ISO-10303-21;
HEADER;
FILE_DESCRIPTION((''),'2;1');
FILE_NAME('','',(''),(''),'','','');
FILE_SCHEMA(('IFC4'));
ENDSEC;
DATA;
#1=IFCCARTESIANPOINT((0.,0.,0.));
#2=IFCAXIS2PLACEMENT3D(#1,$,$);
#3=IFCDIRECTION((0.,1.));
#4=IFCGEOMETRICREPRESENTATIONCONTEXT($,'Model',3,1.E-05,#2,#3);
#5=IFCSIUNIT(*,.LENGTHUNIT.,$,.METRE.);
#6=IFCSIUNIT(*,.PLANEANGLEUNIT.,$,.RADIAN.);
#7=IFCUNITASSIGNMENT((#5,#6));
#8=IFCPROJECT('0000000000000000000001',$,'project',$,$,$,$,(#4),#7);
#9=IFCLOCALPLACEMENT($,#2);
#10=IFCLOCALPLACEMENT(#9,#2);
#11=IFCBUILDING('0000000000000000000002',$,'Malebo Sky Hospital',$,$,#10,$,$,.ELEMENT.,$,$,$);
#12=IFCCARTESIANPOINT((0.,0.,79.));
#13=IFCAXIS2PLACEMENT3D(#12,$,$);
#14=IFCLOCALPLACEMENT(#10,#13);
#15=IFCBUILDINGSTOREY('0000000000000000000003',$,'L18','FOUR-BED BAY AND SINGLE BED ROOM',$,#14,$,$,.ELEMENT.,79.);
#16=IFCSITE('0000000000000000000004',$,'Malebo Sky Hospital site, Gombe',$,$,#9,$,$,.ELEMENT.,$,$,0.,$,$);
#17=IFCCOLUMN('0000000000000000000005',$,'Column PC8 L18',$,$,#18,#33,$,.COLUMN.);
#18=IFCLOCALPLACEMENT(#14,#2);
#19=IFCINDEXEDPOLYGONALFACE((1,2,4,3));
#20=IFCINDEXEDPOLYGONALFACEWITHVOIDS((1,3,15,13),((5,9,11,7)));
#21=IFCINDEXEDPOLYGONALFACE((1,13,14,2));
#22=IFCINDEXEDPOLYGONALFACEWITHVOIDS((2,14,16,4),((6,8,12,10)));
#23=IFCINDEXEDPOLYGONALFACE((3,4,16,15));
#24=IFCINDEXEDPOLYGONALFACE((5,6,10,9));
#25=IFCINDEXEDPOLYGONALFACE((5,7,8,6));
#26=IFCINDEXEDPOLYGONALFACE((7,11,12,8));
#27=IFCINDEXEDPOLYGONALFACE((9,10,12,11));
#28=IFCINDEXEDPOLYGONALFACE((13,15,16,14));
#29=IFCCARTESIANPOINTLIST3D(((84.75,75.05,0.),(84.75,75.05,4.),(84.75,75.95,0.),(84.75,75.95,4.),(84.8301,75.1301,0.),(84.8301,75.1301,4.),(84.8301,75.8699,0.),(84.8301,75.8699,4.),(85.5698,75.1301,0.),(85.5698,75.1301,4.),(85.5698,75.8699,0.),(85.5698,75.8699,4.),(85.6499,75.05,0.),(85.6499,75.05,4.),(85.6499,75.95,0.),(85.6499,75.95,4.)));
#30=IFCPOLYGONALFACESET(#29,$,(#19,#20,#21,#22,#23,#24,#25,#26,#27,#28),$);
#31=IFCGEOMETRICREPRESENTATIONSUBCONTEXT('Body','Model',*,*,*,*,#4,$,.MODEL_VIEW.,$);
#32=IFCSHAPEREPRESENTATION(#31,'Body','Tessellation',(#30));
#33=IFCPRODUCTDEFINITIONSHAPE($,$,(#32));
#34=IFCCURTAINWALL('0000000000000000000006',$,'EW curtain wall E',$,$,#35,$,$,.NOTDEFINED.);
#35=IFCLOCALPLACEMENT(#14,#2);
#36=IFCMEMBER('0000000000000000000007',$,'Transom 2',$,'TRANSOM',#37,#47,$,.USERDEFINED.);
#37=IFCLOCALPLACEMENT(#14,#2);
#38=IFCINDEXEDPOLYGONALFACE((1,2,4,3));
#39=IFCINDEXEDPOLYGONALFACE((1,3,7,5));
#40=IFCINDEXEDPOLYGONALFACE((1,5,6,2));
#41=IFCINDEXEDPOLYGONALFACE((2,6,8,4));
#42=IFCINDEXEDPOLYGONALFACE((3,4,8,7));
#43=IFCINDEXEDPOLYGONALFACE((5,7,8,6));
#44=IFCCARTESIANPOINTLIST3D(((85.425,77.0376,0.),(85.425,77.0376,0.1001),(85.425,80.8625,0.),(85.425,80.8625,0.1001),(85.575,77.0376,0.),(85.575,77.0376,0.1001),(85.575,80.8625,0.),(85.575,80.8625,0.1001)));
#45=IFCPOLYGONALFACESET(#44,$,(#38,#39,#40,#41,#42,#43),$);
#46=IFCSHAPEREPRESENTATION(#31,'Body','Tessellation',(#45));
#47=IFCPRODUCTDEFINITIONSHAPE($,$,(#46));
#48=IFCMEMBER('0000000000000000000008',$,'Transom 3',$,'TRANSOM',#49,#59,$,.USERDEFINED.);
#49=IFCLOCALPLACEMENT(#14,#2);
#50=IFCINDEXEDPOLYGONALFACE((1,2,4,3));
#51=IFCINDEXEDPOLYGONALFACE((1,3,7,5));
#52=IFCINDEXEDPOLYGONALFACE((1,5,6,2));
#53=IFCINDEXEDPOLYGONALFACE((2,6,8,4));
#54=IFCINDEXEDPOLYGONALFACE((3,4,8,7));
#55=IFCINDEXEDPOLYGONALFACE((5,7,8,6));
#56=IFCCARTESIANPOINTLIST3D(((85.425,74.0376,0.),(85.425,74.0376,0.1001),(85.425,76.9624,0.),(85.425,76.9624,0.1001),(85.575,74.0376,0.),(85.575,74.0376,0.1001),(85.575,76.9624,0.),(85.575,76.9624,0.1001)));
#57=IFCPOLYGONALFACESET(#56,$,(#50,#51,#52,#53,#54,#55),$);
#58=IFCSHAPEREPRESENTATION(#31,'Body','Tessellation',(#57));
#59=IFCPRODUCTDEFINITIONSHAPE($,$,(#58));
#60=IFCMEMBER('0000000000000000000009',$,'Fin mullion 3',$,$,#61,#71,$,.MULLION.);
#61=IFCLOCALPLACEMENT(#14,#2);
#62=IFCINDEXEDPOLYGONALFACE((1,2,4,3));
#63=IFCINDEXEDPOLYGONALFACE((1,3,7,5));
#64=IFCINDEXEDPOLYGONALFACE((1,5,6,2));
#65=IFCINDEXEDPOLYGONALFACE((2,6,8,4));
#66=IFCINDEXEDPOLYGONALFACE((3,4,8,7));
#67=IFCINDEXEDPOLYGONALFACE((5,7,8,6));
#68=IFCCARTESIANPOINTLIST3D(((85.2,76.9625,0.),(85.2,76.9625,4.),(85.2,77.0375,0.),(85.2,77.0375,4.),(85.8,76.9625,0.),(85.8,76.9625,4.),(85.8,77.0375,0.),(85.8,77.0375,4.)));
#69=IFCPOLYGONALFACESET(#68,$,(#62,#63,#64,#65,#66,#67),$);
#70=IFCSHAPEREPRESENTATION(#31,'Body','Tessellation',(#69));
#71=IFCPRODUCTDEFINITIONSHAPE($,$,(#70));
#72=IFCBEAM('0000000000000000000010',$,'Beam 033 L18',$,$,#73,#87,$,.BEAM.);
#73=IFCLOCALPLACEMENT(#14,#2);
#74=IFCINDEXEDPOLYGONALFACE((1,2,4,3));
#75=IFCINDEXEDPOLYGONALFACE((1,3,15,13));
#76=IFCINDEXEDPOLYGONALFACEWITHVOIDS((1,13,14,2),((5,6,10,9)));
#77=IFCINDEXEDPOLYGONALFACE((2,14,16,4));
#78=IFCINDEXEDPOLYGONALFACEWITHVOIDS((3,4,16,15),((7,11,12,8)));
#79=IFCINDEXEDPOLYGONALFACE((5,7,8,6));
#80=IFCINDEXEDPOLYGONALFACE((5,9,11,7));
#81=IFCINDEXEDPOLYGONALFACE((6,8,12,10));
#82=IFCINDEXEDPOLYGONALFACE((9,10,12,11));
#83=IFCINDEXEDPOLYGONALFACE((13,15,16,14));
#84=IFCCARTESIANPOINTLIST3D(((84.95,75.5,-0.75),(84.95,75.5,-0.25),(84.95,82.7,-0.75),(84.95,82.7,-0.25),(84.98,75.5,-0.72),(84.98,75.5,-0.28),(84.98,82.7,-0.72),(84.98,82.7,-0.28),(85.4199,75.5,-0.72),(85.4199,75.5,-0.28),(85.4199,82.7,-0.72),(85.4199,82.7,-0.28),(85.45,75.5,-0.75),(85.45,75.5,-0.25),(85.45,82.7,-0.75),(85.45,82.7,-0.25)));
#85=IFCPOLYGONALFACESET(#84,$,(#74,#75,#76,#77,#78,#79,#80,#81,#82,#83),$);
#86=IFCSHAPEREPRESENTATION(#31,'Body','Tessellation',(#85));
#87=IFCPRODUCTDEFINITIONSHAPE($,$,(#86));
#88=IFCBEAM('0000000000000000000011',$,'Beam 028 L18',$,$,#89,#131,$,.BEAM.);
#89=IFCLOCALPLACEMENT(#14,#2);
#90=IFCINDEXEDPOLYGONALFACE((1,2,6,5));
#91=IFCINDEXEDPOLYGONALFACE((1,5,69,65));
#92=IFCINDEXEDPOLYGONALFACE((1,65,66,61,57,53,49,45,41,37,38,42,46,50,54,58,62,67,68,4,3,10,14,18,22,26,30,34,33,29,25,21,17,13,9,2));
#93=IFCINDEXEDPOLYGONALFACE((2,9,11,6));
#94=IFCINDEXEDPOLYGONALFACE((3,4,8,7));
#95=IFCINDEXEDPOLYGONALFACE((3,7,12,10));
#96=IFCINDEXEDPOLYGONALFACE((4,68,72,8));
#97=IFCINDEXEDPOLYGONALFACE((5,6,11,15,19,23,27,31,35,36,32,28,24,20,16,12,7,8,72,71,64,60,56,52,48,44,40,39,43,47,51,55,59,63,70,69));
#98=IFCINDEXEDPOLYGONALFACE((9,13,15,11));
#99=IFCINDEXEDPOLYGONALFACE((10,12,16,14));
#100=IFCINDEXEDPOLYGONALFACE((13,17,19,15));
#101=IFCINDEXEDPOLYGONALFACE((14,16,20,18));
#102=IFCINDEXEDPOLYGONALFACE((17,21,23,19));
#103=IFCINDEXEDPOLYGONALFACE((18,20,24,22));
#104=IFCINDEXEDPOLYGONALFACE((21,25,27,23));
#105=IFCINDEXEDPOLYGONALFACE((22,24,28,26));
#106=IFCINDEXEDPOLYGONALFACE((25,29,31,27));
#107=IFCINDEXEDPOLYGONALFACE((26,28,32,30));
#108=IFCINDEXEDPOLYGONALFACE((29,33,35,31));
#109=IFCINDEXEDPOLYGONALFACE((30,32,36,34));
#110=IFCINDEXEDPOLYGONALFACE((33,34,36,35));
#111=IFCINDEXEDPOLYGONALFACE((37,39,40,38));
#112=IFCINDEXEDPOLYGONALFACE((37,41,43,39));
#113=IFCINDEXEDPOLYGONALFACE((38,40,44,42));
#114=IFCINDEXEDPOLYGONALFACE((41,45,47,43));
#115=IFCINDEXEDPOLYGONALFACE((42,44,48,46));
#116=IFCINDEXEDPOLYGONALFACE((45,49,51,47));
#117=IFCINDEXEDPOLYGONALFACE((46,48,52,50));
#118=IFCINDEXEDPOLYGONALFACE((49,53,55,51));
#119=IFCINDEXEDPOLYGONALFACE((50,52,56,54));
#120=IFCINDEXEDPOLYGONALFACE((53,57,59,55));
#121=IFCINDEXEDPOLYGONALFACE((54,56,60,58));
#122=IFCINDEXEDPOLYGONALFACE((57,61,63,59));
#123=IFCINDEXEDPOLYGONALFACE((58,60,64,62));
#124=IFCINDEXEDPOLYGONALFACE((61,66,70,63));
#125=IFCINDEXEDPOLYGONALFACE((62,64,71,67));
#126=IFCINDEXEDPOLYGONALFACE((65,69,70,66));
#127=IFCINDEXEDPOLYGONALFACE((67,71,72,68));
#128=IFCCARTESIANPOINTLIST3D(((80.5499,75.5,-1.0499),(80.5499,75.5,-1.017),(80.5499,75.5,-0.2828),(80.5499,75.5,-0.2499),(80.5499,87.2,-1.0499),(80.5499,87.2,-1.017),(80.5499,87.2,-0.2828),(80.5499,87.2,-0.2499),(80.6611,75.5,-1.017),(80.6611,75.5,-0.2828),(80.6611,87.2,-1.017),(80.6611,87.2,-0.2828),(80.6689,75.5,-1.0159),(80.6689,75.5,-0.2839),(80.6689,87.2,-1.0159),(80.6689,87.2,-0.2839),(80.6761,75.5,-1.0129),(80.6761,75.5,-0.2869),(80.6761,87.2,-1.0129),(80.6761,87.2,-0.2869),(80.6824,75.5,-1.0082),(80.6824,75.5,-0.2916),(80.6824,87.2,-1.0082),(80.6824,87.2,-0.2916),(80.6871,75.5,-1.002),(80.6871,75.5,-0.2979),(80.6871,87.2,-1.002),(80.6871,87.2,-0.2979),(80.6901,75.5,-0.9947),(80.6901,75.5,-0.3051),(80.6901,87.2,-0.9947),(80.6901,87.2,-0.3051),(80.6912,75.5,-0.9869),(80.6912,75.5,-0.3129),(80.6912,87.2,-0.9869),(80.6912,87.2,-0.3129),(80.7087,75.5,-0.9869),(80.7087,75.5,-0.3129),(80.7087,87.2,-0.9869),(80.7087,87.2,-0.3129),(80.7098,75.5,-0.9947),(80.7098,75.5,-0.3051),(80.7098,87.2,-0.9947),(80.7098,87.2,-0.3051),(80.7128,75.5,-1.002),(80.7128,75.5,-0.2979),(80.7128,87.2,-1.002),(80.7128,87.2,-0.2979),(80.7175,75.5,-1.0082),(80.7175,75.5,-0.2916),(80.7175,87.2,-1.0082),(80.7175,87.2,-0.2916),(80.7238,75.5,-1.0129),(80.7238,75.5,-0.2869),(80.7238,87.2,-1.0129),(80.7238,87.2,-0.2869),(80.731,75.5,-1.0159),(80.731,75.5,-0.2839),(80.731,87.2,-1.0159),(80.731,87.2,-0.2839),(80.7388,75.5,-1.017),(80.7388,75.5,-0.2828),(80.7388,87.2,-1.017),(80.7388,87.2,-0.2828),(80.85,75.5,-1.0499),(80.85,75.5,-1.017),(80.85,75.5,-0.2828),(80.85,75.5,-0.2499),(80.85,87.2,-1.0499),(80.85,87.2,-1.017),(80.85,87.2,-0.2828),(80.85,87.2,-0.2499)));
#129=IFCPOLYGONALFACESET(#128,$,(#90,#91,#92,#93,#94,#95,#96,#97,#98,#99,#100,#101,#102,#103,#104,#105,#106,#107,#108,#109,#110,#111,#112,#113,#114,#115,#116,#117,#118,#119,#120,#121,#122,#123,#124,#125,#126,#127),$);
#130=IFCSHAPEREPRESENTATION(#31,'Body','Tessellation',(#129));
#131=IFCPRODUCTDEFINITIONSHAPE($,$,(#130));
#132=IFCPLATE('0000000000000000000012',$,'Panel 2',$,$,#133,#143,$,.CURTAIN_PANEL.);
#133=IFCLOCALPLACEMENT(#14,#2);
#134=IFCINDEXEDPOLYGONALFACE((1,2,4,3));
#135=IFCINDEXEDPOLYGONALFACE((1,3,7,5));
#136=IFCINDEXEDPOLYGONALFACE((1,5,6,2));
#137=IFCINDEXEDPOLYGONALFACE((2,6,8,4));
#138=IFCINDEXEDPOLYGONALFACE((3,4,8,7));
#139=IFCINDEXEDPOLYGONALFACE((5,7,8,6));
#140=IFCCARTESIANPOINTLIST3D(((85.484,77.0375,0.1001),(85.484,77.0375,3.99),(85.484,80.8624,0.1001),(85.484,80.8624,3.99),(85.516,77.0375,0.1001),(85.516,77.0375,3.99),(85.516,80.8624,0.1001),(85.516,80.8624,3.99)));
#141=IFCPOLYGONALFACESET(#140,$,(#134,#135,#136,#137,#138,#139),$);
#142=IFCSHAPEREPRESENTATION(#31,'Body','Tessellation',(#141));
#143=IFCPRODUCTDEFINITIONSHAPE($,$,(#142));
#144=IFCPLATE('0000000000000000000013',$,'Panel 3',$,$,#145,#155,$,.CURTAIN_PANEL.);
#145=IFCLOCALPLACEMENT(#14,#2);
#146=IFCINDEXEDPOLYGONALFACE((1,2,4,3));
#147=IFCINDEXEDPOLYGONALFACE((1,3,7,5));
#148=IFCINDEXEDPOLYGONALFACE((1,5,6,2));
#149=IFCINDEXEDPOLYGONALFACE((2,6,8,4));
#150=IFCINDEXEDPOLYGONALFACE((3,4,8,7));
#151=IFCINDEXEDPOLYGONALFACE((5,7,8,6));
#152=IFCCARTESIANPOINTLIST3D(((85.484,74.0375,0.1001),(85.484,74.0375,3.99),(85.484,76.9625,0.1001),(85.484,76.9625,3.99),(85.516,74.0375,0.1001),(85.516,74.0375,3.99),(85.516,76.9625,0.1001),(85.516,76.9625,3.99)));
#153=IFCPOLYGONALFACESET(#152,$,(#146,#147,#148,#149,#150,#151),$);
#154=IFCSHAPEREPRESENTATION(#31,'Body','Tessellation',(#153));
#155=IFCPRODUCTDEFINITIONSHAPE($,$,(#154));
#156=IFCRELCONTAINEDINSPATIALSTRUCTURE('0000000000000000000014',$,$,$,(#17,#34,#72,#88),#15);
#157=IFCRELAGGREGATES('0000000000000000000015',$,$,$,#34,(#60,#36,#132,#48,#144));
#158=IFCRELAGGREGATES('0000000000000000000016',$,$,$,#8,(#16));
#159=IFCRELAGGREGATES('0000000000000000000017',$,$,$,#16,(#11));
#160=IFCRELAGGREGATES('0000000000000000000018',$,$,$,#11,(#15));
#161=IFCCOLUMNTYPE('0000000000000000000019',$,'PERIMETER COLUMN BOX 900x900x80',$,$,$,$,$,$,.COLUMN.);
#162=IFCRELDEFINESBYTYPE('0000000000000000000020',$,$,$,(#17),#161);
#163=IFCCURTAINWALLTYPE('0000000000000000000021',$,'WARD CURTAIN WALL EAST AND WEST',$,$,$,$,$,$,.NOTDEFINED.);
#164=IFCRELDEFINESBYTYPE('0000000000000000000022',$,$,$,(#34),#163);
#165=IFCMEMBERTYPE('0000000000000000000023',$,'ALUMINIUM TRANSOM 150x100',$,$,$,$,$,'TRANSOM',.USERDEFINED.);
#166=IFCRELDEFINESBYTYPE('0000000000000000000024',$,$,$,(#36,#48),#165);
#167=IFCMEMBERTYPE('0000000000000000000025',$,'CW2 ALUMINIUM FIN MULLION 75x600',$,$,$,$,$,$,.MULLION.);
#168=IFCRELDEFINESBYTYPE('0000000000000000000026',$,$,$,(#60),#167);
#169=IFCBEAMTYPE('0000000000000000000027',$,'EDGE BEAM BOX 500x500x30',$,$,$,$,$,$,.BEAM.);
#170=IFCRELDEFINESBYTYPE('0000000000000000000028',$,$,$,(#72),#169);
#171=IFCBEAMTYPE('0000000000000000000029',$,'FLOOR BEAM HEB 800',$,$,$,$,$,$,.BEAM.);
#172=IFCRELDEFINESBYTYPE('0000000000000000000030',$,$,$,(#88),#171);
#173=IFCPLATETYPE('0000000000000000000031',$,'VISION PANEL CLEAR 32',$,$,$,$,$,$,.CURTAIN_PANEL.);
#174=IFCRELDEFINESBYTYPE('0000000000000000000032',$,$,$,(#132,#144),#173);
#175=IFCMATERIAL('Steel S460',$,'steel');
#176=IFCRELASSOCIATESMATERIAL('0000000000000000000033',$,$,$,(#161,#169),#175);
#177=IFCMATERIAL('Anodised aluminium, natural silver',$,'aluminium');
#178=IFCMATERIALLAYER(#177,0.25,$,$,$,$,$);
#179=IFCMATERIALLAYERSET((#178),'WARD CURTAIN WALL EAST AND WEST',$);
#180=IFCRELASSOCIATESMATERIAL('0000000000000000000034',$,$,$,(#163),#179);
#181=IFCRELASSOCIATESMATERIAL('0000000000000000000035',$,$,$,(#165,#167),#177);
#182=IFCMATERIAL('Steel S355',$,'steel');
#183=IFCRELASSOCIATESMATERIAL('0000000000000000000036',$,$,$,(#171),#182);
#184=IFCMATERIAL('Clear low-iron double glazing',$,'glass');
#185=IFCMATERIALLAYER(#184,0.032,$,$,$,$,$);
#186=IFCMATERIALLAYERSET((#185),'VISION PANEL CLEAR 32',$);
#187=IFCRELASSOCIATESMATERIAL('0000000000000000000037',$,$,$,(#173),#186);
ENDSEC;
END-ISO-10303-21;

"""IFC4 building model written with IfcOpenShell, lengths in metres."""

from ifc_helpers import new_model, si_unit, direction, frame, origin, origin_2d, place, context, subcontext, project, spatial, rectangle, hollow_rectangle, i_section, extrude, material, layer, layer_set, material_profile, profile_set, type_object, element, aggregate, save


model = new_model("IFC4")

# Units and contexts
model_context = context("Model", 3, precision=1e-05, world=origin(), true_north=direction((0.0, 1.0)))
body_context = subcontext(model_context, "Body", "Model", "MODEL_VIEW")
ifc_project = project(units=[si_unit("LENGTHUNIT", "METRE"), si_unit("PLANEANGLEUNIT", "RADIAN")], contexts=[model_context])

# Site, building, storey
site_placement = place(None, origin())
site = spatial("IfcSite", under=ifc_project, at=site_placement, Name="Malebo Sky Hospital site, Gombe", CompositionType="ELEMENT", RefElevation=0.0)
building_placement = place(site_placement, origin())
building = spatial("IfcBuilding", under=site, at=building_placement, Name="Malebo Sky Hospital", CompositionType="ELEMENT")
storey_placement = place(building_placement, frame((0.0, 0.0, 79.0)))
storey = spatial("IfcBuildingStorey", under=building, at=storey_placement, Name="L18", Description="FOUR-BED BAY AND SINGLE BED ROOM", CompositionType="ELEMENT", Elevation=79.0)

# Column
ifc_material_1 = material(Name="Steel S460", Category="steel")
ifc_material_profile_1 = material_profile(ifc_material_1, hollow_rectangle(XDim=0.8999, YDim=0.8999, WallThickness=0.0801, at=origin_2d()), Name="BOX 900x900x80")
ifc_profile_set_1 = profile_set([ifc_material_profile_1], Name="Steel S460")
column_type = type_object("IfcColumnType", Name="PERIMETER COLUMN BOX 900x900x80", PredefinedType="COLUMN", material=ifc_profile_set_1)
column_placement = place(storey_placement, frame((85.2, 75.5, 0.0), z_axis=(0.0, 0.0, 1.0), x_axis=(1.0, 0.0, 0.0)))
element("IfcColumn", 1, at=column_placement, inside=storey, type_object=column_type, Name="Column PC8 L18", PredefinedType="COLUMN", context=body_context, shape_type="SweptSolid", body=[
    extrude(hollow_rectangle(XDim=0.8999, YDim=0.8999, WallThickness=0.0801, at=origin_2d()), origin(), (0.0, 0.0, 1.0), 4.0),
])

# Curtain wall, members
ifc_material_2 = material(Name="Anodised aluminium, natural silver", Category="aluminium")
ifc_layer_1 = layer(ifc_material_2, 0.25)
ifc_layer_set_1 = layer_set([ifc_layer_1], Name="WARD CURTAIN WALL EAST AND WEST")
curtain_wall_type = type_object("IfcCurtainWallType", Name="WARD CURTAIN WALL EAST AND WEST", PredefinedType="NOTDEFINED", material=ifc_layer_set_1)
curtain_wall_placement = place(storey_placement, origin())
curtain_wall = element("IfcCurtainWall", 2, at=curtain_wall_placement, inside=storey, type_object=curtain_wall_type, Name="EW curtain wall E", PredefinedType="NOTDEFINED")
ifc_material_profile_2 = material_profile(ifc_material_2, rectangle(XDim=0.1499, YDim=0.1001, at=origin_2d()), Name="ALUMINIUM TRANSOM 150x100")
ifc_profile_set_2 = profile_set([ifc_material_profile_2], Name="Anodised aluminium, natural silver")
member_type_1 = type_object("IfcMemberType", Name="ALUMINIUM TRANSOM 150x100", ElementType="TRANSOM", PredefinedType="USERDEFINED", material=ifc_profile_set_2)
member_1_placement = place(storey_placement, frame((85.5, 80.8625, 0.05), z_axis=(0.0, -1.0, 0.0), x_axis=(1.0, 0.0, 0.0)))
member_1 = element("IfcMember", 3, at=member_1_placement, type_object=member_type_1, Name="Transom 2", ObjectType="TRANSOM", PredefinedType="USERDEFINED", context=body_context, shape_type="SweptSolid", body=[
    extrude(rectangle(XDim=0.1499, YDim=0.1001, at=origin_2d()), origin(), (0.0, 0.0, 1.0), 3.825),
])
member_2_placement = place(storey_placement, frame((85.5, 76.9624, 0.05), z_axis=(0.0, -1.0, 0.0), x_axis=(1.0, 0.0, 0.0)))
member_2 = element("IfcMember", 4, at=member_2_placement, type_object=member_type_1, Name="Transom 3", ObjectType="TRANSOM", PredefinedType="USERDEFINED", context=body_context, shape_type="SweptSolid", body=[
    extrude(rectangle(XDim=0.1499, YDim=0.1001, at=origin_2d()), origin(), (0.0, 0.0, 1.0), 2.9248),
])
ifc_material_profile_3 = material_profile(ifc_material_2, rectangle(XDim=0.075, YDim=0.6001, at=origin_2d()), Name="CW2 ALUMINIUM FIN MULLION 75x600")
ifc_profile_set_3 = profile_set([ifc_material_profile_3], Name="Anodised aluminium, natural silver")
member_type_2 = type_object("IfcMemberType", Name="CW2 ALUMINIUM FIN MULLION 75x600", PredefinedType="MULLION", material=ifc_profile_set_3)
member_3_placement = place(storey_placement, frame((85.5, 77.0, 0.0), z_axis=(0.0, 0.0, 1.0), x_axis=(0.0, -1.0, 0.0)))
member_3 = element("IfcMember", 5, at=member_3_placement, type_object=member_type_2, Name="Fin mullion 3", PredefinedType="MULLION", context=body_context, shape_type="SweptSolid", body=[
    extrude(rectangle(XDim=0.075, YDim=0.6001, at=origin_2d()), origin(), (0.0, 0.0, 1.0), 4.0),
])

# Beams
ifc_material_profile_4 = material_profile(ifc_material_1, hollow_rectangle(XDim=0.5, YDim=0.5, WallThickness=0.03, at=origin_2d()), Name="BOX 500x500x30")
ifc_profile_set_4 = profile_set([ifc_material_profile_4], Name="Steel S460")
beam_type_1 = type_object("IfcBeamType", Name="EDGE BEAM BOX 500x500x30", PredefinedType="BEAM", material=ifc_profile_set_4)
beam_1_placement = place(storey_placement, frame((85.2, 75.5, -0.5), z_axis=(0.0, 1.0, 0.0), x_axis=(-1.0, 0.0, 0.0)))
element("IfcBeam", 6, at=beam_1_placement, inside=storey, type_object=beam_type_1, Name="Beam 033 L18", PredefinedType="BEAM", context=body_context, shape_type="SweptSolid", body=[
    extrude(hollow_rectangle(XDim=0.5, YDim=0.5, WallThickness=0.03, at=origin_2d()), origin(), (0.0, 0.0, 1.0), 7.2),
])
ifc_material_3 = material(Name="Steel S355", Category="steel")
ifc_material_profile_5 = material_profile(ifc_material_3, i_section(OverallWidth=0.3, OverallDepth=0.8, WebThickness=0.0176, FlangeThickness=0.033, FilletRadius=0.03, at=origin_2d()), Name="HEB 800")
ifc_profile_set_5 = profile_set([ifc_material_profile_5], Name="Steel S355")
beam_type_2 = type_object("IfcBeamType", Name="FLOOR BEAM HEB 800", PredefinedType="BEAM", material=ifc_profile_set_5)
beam_2_placement = place(storey_placement, frame((80.7, 75.5, -0.6499), z_axis=(0.0, 1.0, 0.0), x_axis=(-1.0, 0.0, 0.0)))
element("IfcBeam", 7, at=beam_2_placement, inside=storey, type_object=beam_type_2, Name="Beam 028 L18", PredefinedType="BEAM", context=body_context, shape_type="SweptSolid", body=[
    extrude(i_section(OverallWidth=0.3, OverallDepth=0.8, WebThickness=0.0176, FlangeThickness=0.033, FilletRadius=0.03, at=origin_2d()), origin(), (0.0, 0.0, 1.0), 11.7),
])

# Plates
ifc_material_4 = material(Name="Clear low-iron double glazing", Category="glass")
ifc_layer_2 = layer(ifc_material_4, 0.032)
ifc_layer_set_2 = layer_set([ifc_layer_2], Name="VISION PANEL CLEAR 32")
plate_type = type_object("IfcPlateType", Name="VISION PANEL CLEAR 32", PredefinedType="CURTAIN_PANEL", material=ifc_layer_set_2)
plate_1_placement = place(storey_placement, frame((85.5, 78.95, 0.1001), z_axis=(0.0, 0.0, 1.0), x_axis=(0.0, -1.0, 0.0)))
plate_1 = element("IfcPlate", 8, at=plate_1_placement, type_object=plate_type, Name="Panel 2", PredefinedType="CURTAIN_PANEL", context=body_context, shape_type="SweptSolid", body=[
    extrude(rectangle(XDim=3.825, YDim=0.032, at=origin_2d()), origin(), (0.0, 0.0, 1.0), 3.8899),
])
plate_2_placement = place(storey_placement, frame((85.5, 75.5, 0.1001), z_axis=(0.0, 0.0, 1.0), x_axis=(0.0, -1.0, 0.0)))
plate_2 = element("IfcPlate", 9, at=plate_2_placement, type_object=plate_type, Name="Panel 3", PredefinedType="CURTAIN_PANEL", context=body_context, shape_type="SweptSolid", body=[
    extrude(rectangle(XDim=2.925, YDim=0.032, at=origin_2d()), origin(), (0.0, 0.0, 1.0), 3.8899),
])
aggregate(curtain_wall, [member_3, member_1, plate_1, member_2, plate_2])

save(model, "model.ifc")
